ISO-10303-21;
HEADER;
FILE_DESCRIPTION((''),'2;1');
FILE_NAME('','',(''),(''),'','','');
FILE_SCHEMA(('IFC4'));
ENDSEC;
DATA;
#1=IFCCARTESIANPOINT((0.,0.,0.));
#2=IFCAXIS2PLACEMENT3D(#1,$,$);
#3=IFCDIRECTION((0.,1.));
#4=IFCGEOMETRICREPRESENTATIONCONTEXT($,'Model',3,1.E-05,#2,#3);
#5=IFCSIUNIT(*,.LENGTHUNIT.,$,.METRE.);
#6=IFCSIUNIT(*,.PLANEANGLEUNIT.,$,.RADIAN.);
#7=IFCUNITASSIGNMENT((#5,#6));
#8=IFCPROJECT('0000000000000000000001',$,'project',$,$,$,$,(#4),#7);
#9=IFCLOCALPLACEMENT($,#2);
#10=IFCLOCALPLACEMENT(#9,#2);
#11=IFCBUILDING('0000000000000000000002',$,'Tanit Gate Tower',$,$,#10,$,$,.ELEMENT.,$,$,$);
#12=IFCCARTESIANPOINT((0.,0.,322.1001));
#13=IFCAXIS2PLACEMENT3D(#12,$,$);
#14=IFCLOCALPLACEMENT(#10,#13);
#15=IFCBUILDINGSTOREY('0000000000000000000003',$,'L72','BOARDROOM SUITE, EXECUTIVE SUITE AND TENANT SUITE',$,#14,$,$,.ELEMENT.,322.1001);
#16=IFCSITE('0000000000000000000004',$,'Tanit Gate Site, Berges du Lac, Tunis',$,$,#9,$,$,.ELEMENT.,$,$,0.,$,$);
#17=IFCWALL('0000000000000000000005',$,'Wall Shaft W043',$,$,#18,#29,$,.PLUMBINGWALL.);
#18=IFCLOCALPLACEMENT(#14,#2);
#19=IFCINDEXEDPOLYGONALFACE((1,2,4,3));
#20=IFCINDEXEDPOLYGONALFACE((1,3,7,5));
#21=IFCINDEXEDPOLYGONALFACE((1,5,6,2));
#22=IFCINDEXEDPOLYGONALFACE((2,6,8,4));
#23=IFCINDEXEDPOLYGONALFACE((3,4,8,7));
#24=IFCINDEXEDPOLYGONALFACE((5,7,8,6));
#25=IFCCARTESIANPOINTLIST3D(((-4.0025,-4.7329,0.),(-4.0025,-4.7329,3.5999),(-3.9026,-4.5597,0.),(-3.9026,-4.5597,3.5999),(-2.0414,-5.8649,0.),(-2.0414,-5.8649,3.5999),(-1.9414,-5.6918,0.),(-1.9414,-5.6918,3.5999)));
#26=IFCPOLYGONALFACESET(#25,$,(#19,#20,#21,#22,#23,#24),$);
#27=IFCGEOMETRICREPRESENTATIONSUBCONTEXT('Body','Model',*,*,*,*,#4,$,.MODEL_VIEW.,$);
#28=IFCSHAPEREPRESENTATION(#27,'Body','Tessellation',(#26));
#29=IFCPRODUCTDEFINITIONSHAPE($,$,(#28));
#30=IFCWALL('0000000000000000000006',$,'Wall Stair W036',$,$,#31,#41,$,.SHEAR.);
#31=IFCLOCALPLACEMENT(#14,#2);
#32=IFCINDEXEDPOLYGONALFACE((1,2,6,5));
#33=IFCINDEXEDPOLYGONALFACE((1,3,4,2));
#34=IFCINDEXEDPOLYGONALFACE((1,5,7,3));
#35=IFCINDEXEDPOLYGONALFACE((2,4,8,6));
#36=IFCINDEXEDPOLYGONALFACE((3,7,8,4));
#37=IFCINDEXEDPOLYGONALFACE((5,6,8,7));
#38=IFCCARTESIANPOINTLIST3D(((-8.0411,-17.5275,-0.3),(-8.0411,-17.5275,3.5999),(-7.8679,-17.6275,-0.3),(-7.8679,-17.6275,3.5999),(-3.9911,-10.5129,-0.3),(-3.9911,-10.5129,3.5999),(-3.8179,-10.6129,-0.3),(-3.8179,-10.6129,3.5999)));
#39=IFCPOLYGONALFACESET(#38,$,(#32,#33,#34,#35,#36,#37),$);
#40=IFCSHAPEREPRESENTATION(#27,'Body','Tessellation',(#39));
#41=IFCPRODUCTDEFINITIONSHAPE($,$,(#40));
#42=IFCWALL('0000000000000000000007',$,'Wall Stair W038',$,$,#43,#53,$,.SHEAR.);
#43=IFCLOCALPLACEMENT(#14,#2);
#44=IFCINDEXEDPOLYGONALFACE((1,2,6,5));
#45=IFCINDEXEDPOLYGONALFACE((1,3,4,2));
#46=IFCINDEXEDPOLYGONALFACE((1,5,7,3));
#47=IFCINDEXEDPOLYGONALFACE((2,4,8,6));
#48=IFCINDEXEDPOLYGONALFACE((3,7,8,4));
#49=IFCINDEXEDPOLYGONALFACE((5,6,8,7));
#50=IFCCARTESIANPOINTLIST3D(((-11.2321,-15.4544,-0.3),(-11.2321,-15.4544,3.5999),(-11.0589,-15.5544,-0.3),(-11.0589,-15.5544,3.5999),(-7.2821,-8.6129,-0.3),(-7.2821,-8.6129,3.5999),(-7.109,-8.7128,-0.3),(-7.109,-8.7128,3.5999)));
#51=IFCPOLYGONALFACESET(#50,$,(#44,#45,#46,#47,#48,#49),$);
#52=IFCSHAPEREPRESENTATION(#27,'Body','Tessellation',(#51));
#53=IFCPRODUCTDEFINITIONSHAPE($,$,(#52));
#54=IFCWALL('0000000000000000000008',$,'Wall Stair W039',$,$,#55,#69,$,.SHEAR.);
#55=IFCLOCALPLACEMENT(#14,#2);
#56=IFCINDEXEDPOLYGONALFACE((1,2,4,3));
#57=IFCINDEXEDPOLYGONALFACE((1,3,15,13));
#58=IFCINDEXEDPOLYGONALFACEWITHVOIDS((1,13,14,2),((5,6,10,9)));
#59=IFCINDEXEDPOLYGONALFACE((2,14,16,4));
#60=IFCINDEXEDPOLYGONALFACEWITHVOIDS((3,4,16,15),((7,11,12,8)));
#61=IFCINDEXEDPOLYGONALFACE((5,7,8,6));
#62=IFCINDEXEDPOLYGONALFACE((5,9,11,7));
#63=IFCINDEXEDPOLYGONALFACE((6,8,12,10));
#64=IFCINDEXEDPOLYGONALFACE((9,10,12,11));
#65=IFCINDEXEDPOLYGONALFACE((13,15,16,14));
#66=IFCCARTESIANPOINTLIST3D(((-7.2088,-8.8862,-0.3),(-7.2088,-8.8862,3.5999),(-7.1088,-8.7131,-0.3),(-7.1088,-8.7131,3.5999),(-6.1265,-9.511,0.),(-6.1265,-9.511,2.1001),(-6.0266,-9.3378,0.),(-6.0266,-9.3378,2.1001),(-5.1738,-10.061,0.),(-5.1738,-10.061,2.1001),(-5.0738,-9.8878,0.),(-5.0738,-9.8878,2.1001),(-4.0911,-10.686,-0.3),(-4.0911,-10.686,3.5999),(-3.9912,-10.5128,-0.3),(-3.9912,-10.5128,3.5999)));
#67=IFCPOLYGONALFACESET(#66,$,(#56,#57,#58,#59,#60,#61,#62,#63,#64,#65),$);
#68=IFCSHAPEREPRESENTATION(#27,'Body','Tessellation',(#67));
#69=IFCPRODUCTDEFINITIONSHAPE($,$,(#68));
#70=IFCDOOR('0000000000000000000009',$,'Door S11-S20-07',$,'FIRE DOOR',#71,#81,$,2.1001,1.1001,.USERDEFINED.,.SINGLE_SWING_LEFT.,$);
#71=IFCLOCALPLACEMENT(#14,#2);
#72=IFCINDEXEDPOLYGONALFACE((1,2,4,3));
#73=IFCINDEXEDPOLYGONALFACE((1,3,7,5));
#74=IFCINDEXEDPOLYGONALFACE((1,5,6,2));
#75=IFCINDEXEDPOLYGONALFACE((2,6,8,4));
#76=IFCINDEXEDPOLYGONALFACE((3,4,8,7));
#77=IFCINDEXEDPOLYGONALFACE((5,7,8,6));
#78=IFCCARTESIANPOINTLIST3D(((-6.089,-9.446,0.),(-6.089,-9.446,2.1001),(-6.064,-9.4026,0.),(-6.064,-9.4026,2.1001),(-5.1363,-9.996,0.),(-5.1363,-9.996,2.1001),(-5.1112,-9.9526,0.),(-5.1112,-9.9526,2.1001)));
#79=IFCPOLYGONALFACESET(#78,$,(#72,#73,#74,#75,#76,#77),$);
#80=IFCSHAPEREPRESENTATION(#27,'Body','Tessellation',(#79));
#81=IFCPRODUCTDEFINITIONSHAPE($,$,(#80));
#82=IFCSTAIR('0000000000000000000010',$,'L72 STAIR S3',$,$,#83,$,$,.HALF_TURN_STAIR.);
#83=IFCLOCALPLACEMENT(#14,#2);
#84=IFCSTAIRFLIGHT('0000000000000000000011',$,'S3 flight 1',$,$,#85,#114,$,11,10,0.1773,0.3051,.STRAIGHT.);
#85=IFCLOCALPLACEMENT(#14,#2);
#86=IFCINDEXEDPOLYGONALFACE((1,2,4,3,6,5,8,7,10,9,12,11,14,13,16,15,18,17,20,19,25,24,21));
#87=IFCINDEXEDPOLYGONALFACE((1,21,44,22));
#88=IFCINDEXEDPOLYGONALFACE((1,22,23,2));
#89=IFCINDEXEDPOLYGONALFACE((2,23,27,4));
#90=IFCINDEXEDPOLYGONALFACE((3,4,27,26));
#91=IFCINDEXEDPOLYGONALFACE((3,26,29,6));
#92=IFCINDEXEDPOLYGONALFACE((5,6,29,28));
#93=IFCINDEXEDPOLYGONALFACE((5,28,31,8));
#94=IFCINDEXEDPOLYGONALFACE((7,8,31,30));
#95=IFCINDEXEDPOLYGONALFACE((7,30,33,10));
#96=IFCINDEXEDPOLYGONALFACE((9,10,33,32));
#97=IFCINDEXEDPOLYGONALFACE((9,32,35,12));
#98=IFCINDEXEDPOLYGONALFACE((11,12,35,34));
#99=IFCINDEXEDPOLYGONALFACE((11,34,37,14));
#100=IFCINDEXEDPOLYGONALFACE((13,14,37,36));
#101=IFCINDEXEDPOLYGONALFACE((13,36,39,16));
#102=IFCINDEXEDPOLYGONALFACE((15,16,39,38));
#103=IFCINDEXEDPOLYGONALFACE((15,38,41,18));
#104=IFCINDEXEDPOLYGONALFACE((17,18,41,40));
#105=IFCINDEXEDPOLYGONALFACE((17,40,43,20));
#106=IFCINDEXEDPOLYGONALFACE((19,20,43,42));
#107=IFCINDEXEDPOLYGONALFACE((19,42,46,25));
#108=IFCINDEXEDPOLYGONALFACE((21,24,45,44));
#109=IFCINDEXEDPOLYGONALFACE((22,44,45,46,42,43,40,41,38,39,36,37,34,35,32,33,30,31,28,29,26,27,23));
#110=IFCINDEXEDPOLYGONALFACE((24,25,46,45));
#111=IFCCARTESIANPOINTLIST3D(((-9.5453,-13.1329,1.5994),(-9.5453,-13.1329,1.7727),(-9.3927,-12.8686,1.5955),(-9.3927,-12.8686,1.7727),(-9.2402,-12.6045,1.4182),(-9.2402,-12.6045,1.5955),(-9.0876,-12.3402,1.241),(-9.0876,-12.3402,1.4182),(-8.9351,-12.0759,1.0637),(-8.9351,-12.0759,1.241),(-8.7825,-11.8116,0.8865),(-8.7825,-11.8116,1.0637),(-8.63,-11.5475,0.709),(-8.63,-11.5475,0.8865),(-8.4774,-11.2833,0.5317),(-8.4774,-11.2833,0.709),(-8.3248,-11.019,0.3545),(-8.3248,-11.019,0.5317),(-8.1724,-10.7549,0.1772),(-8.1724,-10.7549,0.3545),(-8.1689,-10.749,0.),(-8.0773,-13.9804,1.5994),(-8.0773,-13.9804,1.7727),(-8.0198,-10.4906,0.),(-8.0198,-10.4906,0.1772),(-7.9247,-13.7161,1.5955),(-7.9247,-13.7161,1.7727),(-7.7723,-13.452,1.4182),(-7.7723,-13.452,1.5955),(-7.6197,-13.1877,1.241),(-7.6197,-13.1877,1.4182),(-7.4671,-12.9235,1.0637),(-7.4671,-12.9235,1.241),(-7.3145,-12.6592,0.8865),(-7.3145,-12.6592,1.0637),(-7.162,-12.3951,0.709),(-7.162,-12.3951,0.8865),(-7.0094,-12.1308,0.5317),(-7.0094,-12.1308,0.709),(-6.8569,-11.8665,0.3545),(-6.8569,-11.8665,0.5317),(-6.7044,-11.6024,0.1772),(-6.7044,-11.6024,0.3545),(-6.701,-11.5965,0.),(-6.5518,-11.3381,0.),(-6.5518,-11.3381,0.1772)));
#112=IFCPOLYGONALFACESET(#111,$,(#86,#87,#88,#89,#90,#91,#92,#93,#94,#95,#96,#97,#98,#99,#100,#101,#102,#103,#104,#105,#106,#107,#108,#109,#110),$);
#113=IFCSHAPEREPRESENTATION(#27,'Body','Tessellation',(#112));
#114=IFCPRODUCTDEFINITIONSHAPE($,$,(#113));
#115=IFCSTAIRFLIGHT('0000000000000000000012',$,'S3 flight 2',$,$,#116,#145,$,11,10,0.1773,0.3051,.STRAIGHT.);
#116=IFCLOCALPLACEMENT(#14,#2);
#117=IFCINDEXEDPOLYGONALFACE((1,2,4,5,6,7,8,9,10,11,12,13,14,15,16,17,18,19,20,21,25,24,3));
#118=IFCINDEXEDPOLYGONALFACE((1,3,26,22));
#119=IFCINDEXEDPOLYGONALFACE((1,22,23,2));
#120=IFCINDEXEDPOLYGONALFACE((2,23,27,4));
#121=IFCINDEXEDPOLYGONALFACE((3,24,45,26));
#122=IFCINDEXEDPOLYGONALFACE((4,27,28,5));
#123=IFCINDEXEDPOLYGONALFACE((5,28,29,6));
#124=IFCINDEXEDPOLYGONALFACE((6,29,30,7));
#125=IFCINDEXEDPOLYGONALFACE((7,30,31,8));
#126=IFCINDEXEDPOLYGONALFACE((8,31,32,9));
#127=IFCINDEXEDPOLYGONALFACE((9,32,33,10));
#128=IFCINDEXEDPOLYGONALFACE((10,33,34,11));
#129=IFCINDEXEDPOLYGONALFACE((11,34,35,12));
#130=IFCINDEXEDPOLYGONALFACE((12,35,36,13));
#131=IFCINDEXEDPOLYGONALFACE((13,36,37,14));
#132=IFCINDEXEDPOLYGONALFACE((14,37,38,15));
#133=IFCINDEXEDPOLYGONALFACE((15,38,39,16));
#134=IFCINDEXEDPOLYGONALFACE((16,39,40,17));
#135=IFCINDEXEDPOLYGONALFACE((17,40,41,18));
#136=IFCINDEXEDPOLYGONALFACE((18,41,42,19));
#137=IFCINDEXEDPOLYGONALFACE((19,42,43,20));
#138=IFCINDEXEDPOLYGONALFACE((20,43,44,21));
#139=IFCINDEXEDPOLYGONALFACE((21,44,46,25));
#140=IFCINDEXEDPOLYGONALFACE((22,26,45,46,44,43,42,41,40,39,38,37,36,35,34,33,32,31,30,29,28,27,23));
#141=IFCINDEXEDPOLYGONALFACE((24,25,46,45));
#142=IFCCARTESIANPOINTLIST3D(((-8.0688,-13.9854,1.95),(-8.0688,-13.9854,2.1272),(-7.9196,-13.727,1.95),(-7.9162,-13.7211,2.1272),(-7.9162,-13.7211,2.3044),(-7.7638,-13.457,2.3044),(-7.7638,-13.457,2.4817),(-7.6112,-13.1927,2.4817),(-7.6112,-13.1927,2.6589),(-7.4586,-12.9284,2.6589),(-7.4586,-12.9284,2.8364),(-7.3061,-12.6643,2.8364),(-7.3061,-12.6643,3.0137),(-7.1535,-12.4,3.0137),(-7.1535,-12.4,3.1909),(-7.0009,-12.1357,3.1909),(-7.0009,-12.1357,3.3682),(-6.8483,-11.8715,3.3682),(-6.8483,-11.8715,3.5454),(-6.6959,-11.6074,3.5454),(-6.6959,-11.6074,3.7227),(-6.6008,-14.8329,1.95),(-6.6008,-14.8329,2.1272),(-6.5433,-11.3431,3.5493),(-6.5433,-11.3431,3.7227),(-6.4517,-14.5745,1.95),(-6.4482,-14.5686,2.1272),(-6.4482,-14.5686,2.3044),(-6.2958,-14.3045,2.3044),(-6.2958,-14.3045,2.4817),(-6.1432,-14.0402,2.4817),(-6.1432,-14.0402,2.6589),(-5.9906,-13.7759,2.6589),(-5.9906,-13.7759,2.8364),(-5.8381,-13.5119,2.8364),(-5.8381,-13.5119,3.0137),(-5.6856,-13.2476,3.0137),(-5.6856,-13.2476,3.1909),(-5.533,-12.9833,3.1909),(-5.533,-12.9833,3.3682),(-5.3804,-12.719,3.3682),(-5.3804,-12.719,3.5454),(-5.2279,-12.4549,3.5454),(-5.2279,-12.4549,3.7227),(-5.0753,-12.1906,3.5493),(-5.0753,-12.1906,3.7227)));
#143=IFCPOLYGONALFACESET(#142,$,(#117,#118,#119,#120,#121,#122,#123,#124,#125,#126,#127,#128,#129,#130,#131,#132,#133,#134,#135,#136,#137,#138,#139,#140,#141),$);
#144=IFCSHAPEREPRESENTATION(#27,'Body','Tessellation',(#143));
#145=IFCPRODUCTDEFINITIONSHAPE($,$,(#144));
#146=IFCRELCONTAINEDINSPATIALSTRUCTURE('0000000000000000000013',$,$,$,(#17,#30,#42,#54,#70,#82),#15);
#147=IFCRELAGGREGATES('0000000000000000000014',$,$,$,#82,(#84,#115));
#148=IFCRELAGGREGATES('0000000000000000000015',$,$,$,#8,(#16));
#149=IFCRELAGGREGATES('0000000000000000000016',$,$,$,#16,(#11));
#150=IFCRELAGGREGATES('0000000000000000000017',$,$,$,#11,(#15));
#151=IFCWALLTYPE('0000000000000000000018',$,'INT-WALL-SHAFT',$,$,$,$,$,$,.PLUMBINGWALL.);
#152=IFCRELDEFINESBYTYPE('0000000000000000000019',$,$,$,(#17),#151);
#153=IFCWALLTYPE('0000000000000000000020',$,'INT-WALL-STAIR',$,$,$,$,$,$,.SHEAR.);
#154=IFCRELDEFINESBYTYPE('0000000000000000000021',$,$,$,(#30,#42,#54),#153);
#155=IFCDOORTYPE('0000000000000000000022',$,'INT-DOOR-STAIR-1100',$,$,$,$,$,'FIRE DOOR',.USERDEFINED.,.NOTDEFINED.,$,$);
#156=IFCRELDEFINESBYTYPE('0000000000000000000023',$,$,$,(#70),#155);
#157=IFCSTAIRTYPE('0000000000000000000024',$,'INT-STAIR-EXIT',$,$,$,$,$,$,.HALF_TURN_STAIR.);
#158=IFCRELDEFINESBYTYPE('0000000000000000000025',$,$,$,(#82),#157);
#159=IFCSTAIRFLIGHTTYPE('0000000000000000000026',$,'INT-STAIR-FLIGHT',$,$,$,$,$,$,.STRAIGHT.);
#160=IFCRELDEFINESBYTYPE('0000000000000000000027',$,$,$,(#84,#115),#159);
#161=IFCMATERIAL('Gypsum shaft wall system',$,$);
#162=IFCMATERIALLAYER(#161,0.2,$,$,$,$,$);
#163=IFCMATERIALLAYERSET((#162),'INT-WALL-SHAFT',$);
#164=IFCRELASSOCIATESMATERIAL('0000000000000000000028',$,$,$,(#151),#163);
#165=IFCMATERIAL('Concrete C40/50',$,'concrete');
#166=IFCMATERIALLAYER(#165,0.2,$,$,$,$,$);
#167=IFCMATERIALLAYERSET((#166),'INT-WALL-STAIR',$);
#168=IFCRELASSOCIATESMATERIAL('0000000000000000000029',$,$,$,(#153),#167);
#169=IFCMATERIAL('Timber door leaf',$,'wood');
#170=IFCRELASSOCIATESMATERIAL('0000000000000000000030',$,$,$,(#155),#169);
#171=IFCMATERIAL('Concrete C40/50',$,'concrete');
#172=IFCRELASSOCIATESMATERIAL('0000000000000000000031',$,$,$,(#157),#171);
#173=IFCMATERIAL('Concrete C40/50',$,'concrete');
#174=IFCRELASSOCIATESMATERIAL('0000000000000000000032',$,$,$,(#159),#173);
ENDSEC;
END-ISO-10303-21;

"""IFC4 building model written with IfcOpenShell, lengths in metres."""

from ifc_helpers import new_model, si_unit, direction, frame, frame_2d, origin, place, context, subcontext, project, spatial, polyline, rectangle, outline, extrude, material, layer, layer_set, type_object, element, fill, aggregate, save


model = new_model("IFC4")

# Units and contexts
model_context = context("Model", 3, precision=1e-05, world=origin(), true_north=direction((0.0, 1.0)))
body_context = subcontext(model_context, "Body", "Model", "MODEL_VIEW")
ifc_project = project(units=[si_unit("LENGTHUNIT", "METRE"), si_unit("PLANEANGLEUNIT", "RADIAN")], contexts=[model_context])

# Site, building, storey
site_placement = place(None, origin())
site = spatial("IfcSite", under=ifc_project, at=site_placement, Name="Tanit Gate Site, Berges du Lac, Tunis", CompositionType="ELEMENT", RefElevation=0.0)
building_placement = place(site_placement, origin())
building = spatial("IfcBuilding", under=site, at=building_placement, Name="Tanit Gate Tower", CompositionType="ELEMENT")
storey_placement = place(building_placement, frame((0.0, 0.0, 322.1001)))
storey = spatial("IfcBuildingStorey", under=building, at=storey_placement, Name="L72", Description="BOARDROOM SUITE, EXECUTIVE SUITE AND TENANT SUITE", CompositionType="ELEMENT", Elevation=322.1001)

# Shared definitions
ifc_material_1 = material(Name="Gypsum shaft wall system")
ifc_layer_1 = layer(ifc_material_1, 0.2)
ifc_layer_set_1 = layer_set([ifc_layer_1], Name="INT-WALL-SHAFT")
wall_type_1 = type_object("IfcWallType", Name="INT-WALL-SHAFT", PredefinedType="PLUMBINGWALL", material=ifc_layer_set_1)

# Walls
wall_1_placement = place(storey_placement, frame((-3.9526, -4.6462, 0.0), z_axis=(0.0, 0.0, 1.0), x_axis=(0.866065, -0.499931, 0.0)))
element("IfcWall", 1, at=wall_1_placement, inside=storey, type_object=wall_type_1, Name="Wall Shaft W043", PredefinedType="PLUMBINGWALL", context=body_context, shape_type="SweptSolid", body=[
    extrude(rectangle(XDim=2.2644, YDim=0.2, at=frame_2d((1.1323, 0.0))), origin(), (0.0, 0.0, 1.0), 3.5999),
])
ifc_material_2 = material(Name="Concrete C40/50", Category="concrete")
ifc_layer_2 = layer(ifc_material_2, 0.2)
ifc_layer_set_2 = layer_set([ifc_layer_2], Name="INT-WALL-STAIR")
wall_type_2 = type_object("IfcWallType", Name="INT-WALL-STAIR", PredefinedType="SHEAR", material=ifc_layer_set_2)
wall_2_placement = place(storey_placement, frame((-3.9045, -10.563, -0.3), z_axis=(0.0, 0.0, 1.0), x_axis=(-0.500013, -0.866018, 0.0)))
element("IfcWall", 2, at=wall_2_placement, inside=storey, type_object=wall_type_2, Name="Wall Stair W036", PredefinedType="SHEAR", context=body_context, shape_type="SweptSolid", body=[
    extrude(rectangle(XDim=8.0999, YDim=0.2, at=frame_2d((4.0498, 0.0))), origin(), (0.0, 0.0, 1.0), 3.8999),
])
wall_3_placement = place(storey_placement, frame((-7.1956, -8.6628, -0.3), z_axis=(0.0, 0.0, 1.0), x_axis=(-0.499998, -0.866027, 0.0)))
element("IfcWall", 3, at=wall_3_placement, inside=storey, type_object=wall_type_2, Name="Wall Stair W038", PredefinedType="SHEAR", context=body_context, shape_type="SweptSolid", body=[
    extrude(rectangle(XDim=7.8999, YDim=0.2, at=frame_2d((3.95, 0.0))), origin(), (0.0, 0.0, 1.0), 3.8999),
])

# Wall, opening, door
wall_4_placement = place(storey_placement, frame((-4.0413, -10.5994, -0.3), z_axis=(0.0, 0.0, 1.0), x_axis=(-0.866048, 0.499961, 0.0)))
wall_4 = element("IfcWall", 4, at=wall_4_placement, inside=storey, type_object=wall_type_2, Name="Wall Stair W039", PredefinedType="SHEAR", context=body_context, shape_type="SweptSolid", body=[
    extrude(rectangle(XDim=3.5999, YDim=0.2, at=frame_2d((1.7998, 0.0))), origin(), (0.0, 0.0, 1.0), 3.8999),
])
opening_1_placement = place(wall_4_placement, frame((1.25, 0.0, 0.3)))
opening_1 = element("IfcOpeningElement", 5, at=opening_1_placement, cuts=wall_4, PredefinedType="OPENING", context=body_context, shape_type="SweptSolid", body=[
    extrude(rectangle(XDim=1.1001, YDim=2.1001, at=frame_2d((0.55, 1.05))), frame((0.0, 0.1099, 0.0), z_axis=(0.0, -1.0, 0.0), x_axis=(1.0, 0.0, 0.0)), (0.0, 0.0, 1.0), 0.22),
])
ifc_material_3 = material(Name="Timber door leaf", Category="wood")
door_type_1 = type_object("IfcDoorType", Name="INT-DOOR-STAIR-1100", ElementType="FIRE DOOR", OperationType="NOTDEFINED", PredefinedType="USERDEFINED", material=ifc_material_3)
door_1_placement = place(opening_1_placement, origin())
door_1 = element("IfcDoor", 6, at=door_1_placement, inside=storey, type_object=door_type_1, Name="Door S11-S20-07", ObjectType="FIRE DOOR", OperationType="SINGLE_SWING_LEFT", OverallHeight=2.1001, OverallWidth=1.1001, PredefinedType="USERDEFINED", context=body_context, shape_type="SweptSolid", body=[
    extrude(rectangle(XDim=1.1001, YDim=2.1001, at=frame_2d((0.55, 1.05))), frame((0.0, 0.0249, 0.0), z_axis=(0.0, -1.0, 0.0), x_axis=(1.0, 0.0, 0.0)), (0.0, 0.0, 1.0), 0.05),
])
fill(opening_1, door_1)

# Stair, stair flights
ifc_material_4 = material(Name="Concrete C40/50", Category="concrete")
stair_type = type_object("IfcStairType", Name="INT-STAIR-EXIT", PredefinedType="HALF_TURN_STAIR", material=ifc_material_4)
stair_placement = place(storey_placement, origin())
stair = element("IfcStair", 7, at=stair_placement, inside=storey, type_object=stair_type, Name="L72 STAIR S3", PredefinedType="HALF_TURN_STAIR")
ifc_material_5 = material(Name="Concrete C40/50", Category="concrete")
stair_flight_type = type_object("IfcStairFlightType", Name="INT-STAIR-FLIGHT", PredefinedType="STRAIGHT", material=ifc_material_5)
stair_flight_1_placement = place(storey_placement, frame((-7.2859, -10.9143, 0.0), z_axis=(0.0, 0.0, 1.0), x_axis=(-0.5, -0.866025, 0.0)))
stair_flight_1 = element("IfcStairFlight", 8, at=stair_flight_1_placement, type_object=stair_flight_type, Name="S3 flight 1", NumberOfRisers=11, NumberOfTreads=10, PredefinedType="STRAIGHT", RiserHeight=0.1773, TreadLength=0.3051, context=body_context, shape_type="SweptSolid", body=[
    extrude(outline(polyline([(0.0, 0.0), (0.0, 0.1772), (0.3052, 0.1772), (0.3052, 0.3545), (0.6101, 0.3545), (0.6101, 0.5317), (0.9153, 0.5317), (0.9153, 0.709), (1.2205, 0.709), (1.2205, 0.8865), (1.5254, 0.8865), (1.5254, 1.0637), (1.8306, 1.0637), (1.8306, 1.241), (2.1357, 1.241), (2.1357, 1.4182), (2.4409, 1.4182), (2.4409, 1.5955), (2.7458, 1.5955), (2.7458, 1.7727), (3.051, 1.7727), (3.051, 1.95), (3.051, 1.5994), (0.2983, 0.0), (0.0, 0.0)])), frame((0.0, 0.8477, 0.0), z_axis=(0.0, -1.0, 0.0), x_axis=(1.0, 0.0, 0.0)), (0.0, 0.0, 1.0), 1.6951),
])
stair_flight_2_placement = place(storey_placement, frame((-7.3347, -14.4092, 1.95), z_axis=(0.0, 0.0, 1.0), x_axis=(0.5, 0.866025, 0.0)))
stair_flight_2 = element("IfcStairFlight", 9, at=stair_flight_2_placement, type_object=stair_flight_type, Name="S3 flight 2", NumberOfRisers=11, NumberOfTreads=10, PredefinedType="STRAIGHT", RiserHeight=0.1773, TreadLength=0.3051, context=body_context, shape_type="SweptSolid", body=[
    extrude(outline(polyline([(0.0, 0.0), (0.0, 0.1772), (0.3052, 0.1772), (0.3052, 0.3545), (0.6101, 0.3545), (0.6101, 0.5317), (0.9153, 0.5317), (0.9153, 0.709), (1.2205, 0.709), (1.2205, 0.8865), (1.5254, 0.8865), (1.5254, 1.0637), (1.8306, 1.0637), (1.8306, 1.241), (2.1357, 1.241), (2.1357, 1.4182), (2.4409, 1.4182), (2.4409, 1.5955), (2.7458, 1.5955), (2.7458, 1.7727), (3.051, 1.7727), (3.051, 1.95), (3.051, 1.5994), (0.2983, 0.0), (0.0, 0.0)])), frame((0.0, 0.8477, 0.0), z_axis=(0.0, -1.0, 0.0), x_axis=(1.0, 0.0, 0.0)), (0.0, 0.0, 1.0), 1.6951),
])
aggregate(stair, [stair_flight_1, stair_flight_2])

save(model, "model.ifc")
